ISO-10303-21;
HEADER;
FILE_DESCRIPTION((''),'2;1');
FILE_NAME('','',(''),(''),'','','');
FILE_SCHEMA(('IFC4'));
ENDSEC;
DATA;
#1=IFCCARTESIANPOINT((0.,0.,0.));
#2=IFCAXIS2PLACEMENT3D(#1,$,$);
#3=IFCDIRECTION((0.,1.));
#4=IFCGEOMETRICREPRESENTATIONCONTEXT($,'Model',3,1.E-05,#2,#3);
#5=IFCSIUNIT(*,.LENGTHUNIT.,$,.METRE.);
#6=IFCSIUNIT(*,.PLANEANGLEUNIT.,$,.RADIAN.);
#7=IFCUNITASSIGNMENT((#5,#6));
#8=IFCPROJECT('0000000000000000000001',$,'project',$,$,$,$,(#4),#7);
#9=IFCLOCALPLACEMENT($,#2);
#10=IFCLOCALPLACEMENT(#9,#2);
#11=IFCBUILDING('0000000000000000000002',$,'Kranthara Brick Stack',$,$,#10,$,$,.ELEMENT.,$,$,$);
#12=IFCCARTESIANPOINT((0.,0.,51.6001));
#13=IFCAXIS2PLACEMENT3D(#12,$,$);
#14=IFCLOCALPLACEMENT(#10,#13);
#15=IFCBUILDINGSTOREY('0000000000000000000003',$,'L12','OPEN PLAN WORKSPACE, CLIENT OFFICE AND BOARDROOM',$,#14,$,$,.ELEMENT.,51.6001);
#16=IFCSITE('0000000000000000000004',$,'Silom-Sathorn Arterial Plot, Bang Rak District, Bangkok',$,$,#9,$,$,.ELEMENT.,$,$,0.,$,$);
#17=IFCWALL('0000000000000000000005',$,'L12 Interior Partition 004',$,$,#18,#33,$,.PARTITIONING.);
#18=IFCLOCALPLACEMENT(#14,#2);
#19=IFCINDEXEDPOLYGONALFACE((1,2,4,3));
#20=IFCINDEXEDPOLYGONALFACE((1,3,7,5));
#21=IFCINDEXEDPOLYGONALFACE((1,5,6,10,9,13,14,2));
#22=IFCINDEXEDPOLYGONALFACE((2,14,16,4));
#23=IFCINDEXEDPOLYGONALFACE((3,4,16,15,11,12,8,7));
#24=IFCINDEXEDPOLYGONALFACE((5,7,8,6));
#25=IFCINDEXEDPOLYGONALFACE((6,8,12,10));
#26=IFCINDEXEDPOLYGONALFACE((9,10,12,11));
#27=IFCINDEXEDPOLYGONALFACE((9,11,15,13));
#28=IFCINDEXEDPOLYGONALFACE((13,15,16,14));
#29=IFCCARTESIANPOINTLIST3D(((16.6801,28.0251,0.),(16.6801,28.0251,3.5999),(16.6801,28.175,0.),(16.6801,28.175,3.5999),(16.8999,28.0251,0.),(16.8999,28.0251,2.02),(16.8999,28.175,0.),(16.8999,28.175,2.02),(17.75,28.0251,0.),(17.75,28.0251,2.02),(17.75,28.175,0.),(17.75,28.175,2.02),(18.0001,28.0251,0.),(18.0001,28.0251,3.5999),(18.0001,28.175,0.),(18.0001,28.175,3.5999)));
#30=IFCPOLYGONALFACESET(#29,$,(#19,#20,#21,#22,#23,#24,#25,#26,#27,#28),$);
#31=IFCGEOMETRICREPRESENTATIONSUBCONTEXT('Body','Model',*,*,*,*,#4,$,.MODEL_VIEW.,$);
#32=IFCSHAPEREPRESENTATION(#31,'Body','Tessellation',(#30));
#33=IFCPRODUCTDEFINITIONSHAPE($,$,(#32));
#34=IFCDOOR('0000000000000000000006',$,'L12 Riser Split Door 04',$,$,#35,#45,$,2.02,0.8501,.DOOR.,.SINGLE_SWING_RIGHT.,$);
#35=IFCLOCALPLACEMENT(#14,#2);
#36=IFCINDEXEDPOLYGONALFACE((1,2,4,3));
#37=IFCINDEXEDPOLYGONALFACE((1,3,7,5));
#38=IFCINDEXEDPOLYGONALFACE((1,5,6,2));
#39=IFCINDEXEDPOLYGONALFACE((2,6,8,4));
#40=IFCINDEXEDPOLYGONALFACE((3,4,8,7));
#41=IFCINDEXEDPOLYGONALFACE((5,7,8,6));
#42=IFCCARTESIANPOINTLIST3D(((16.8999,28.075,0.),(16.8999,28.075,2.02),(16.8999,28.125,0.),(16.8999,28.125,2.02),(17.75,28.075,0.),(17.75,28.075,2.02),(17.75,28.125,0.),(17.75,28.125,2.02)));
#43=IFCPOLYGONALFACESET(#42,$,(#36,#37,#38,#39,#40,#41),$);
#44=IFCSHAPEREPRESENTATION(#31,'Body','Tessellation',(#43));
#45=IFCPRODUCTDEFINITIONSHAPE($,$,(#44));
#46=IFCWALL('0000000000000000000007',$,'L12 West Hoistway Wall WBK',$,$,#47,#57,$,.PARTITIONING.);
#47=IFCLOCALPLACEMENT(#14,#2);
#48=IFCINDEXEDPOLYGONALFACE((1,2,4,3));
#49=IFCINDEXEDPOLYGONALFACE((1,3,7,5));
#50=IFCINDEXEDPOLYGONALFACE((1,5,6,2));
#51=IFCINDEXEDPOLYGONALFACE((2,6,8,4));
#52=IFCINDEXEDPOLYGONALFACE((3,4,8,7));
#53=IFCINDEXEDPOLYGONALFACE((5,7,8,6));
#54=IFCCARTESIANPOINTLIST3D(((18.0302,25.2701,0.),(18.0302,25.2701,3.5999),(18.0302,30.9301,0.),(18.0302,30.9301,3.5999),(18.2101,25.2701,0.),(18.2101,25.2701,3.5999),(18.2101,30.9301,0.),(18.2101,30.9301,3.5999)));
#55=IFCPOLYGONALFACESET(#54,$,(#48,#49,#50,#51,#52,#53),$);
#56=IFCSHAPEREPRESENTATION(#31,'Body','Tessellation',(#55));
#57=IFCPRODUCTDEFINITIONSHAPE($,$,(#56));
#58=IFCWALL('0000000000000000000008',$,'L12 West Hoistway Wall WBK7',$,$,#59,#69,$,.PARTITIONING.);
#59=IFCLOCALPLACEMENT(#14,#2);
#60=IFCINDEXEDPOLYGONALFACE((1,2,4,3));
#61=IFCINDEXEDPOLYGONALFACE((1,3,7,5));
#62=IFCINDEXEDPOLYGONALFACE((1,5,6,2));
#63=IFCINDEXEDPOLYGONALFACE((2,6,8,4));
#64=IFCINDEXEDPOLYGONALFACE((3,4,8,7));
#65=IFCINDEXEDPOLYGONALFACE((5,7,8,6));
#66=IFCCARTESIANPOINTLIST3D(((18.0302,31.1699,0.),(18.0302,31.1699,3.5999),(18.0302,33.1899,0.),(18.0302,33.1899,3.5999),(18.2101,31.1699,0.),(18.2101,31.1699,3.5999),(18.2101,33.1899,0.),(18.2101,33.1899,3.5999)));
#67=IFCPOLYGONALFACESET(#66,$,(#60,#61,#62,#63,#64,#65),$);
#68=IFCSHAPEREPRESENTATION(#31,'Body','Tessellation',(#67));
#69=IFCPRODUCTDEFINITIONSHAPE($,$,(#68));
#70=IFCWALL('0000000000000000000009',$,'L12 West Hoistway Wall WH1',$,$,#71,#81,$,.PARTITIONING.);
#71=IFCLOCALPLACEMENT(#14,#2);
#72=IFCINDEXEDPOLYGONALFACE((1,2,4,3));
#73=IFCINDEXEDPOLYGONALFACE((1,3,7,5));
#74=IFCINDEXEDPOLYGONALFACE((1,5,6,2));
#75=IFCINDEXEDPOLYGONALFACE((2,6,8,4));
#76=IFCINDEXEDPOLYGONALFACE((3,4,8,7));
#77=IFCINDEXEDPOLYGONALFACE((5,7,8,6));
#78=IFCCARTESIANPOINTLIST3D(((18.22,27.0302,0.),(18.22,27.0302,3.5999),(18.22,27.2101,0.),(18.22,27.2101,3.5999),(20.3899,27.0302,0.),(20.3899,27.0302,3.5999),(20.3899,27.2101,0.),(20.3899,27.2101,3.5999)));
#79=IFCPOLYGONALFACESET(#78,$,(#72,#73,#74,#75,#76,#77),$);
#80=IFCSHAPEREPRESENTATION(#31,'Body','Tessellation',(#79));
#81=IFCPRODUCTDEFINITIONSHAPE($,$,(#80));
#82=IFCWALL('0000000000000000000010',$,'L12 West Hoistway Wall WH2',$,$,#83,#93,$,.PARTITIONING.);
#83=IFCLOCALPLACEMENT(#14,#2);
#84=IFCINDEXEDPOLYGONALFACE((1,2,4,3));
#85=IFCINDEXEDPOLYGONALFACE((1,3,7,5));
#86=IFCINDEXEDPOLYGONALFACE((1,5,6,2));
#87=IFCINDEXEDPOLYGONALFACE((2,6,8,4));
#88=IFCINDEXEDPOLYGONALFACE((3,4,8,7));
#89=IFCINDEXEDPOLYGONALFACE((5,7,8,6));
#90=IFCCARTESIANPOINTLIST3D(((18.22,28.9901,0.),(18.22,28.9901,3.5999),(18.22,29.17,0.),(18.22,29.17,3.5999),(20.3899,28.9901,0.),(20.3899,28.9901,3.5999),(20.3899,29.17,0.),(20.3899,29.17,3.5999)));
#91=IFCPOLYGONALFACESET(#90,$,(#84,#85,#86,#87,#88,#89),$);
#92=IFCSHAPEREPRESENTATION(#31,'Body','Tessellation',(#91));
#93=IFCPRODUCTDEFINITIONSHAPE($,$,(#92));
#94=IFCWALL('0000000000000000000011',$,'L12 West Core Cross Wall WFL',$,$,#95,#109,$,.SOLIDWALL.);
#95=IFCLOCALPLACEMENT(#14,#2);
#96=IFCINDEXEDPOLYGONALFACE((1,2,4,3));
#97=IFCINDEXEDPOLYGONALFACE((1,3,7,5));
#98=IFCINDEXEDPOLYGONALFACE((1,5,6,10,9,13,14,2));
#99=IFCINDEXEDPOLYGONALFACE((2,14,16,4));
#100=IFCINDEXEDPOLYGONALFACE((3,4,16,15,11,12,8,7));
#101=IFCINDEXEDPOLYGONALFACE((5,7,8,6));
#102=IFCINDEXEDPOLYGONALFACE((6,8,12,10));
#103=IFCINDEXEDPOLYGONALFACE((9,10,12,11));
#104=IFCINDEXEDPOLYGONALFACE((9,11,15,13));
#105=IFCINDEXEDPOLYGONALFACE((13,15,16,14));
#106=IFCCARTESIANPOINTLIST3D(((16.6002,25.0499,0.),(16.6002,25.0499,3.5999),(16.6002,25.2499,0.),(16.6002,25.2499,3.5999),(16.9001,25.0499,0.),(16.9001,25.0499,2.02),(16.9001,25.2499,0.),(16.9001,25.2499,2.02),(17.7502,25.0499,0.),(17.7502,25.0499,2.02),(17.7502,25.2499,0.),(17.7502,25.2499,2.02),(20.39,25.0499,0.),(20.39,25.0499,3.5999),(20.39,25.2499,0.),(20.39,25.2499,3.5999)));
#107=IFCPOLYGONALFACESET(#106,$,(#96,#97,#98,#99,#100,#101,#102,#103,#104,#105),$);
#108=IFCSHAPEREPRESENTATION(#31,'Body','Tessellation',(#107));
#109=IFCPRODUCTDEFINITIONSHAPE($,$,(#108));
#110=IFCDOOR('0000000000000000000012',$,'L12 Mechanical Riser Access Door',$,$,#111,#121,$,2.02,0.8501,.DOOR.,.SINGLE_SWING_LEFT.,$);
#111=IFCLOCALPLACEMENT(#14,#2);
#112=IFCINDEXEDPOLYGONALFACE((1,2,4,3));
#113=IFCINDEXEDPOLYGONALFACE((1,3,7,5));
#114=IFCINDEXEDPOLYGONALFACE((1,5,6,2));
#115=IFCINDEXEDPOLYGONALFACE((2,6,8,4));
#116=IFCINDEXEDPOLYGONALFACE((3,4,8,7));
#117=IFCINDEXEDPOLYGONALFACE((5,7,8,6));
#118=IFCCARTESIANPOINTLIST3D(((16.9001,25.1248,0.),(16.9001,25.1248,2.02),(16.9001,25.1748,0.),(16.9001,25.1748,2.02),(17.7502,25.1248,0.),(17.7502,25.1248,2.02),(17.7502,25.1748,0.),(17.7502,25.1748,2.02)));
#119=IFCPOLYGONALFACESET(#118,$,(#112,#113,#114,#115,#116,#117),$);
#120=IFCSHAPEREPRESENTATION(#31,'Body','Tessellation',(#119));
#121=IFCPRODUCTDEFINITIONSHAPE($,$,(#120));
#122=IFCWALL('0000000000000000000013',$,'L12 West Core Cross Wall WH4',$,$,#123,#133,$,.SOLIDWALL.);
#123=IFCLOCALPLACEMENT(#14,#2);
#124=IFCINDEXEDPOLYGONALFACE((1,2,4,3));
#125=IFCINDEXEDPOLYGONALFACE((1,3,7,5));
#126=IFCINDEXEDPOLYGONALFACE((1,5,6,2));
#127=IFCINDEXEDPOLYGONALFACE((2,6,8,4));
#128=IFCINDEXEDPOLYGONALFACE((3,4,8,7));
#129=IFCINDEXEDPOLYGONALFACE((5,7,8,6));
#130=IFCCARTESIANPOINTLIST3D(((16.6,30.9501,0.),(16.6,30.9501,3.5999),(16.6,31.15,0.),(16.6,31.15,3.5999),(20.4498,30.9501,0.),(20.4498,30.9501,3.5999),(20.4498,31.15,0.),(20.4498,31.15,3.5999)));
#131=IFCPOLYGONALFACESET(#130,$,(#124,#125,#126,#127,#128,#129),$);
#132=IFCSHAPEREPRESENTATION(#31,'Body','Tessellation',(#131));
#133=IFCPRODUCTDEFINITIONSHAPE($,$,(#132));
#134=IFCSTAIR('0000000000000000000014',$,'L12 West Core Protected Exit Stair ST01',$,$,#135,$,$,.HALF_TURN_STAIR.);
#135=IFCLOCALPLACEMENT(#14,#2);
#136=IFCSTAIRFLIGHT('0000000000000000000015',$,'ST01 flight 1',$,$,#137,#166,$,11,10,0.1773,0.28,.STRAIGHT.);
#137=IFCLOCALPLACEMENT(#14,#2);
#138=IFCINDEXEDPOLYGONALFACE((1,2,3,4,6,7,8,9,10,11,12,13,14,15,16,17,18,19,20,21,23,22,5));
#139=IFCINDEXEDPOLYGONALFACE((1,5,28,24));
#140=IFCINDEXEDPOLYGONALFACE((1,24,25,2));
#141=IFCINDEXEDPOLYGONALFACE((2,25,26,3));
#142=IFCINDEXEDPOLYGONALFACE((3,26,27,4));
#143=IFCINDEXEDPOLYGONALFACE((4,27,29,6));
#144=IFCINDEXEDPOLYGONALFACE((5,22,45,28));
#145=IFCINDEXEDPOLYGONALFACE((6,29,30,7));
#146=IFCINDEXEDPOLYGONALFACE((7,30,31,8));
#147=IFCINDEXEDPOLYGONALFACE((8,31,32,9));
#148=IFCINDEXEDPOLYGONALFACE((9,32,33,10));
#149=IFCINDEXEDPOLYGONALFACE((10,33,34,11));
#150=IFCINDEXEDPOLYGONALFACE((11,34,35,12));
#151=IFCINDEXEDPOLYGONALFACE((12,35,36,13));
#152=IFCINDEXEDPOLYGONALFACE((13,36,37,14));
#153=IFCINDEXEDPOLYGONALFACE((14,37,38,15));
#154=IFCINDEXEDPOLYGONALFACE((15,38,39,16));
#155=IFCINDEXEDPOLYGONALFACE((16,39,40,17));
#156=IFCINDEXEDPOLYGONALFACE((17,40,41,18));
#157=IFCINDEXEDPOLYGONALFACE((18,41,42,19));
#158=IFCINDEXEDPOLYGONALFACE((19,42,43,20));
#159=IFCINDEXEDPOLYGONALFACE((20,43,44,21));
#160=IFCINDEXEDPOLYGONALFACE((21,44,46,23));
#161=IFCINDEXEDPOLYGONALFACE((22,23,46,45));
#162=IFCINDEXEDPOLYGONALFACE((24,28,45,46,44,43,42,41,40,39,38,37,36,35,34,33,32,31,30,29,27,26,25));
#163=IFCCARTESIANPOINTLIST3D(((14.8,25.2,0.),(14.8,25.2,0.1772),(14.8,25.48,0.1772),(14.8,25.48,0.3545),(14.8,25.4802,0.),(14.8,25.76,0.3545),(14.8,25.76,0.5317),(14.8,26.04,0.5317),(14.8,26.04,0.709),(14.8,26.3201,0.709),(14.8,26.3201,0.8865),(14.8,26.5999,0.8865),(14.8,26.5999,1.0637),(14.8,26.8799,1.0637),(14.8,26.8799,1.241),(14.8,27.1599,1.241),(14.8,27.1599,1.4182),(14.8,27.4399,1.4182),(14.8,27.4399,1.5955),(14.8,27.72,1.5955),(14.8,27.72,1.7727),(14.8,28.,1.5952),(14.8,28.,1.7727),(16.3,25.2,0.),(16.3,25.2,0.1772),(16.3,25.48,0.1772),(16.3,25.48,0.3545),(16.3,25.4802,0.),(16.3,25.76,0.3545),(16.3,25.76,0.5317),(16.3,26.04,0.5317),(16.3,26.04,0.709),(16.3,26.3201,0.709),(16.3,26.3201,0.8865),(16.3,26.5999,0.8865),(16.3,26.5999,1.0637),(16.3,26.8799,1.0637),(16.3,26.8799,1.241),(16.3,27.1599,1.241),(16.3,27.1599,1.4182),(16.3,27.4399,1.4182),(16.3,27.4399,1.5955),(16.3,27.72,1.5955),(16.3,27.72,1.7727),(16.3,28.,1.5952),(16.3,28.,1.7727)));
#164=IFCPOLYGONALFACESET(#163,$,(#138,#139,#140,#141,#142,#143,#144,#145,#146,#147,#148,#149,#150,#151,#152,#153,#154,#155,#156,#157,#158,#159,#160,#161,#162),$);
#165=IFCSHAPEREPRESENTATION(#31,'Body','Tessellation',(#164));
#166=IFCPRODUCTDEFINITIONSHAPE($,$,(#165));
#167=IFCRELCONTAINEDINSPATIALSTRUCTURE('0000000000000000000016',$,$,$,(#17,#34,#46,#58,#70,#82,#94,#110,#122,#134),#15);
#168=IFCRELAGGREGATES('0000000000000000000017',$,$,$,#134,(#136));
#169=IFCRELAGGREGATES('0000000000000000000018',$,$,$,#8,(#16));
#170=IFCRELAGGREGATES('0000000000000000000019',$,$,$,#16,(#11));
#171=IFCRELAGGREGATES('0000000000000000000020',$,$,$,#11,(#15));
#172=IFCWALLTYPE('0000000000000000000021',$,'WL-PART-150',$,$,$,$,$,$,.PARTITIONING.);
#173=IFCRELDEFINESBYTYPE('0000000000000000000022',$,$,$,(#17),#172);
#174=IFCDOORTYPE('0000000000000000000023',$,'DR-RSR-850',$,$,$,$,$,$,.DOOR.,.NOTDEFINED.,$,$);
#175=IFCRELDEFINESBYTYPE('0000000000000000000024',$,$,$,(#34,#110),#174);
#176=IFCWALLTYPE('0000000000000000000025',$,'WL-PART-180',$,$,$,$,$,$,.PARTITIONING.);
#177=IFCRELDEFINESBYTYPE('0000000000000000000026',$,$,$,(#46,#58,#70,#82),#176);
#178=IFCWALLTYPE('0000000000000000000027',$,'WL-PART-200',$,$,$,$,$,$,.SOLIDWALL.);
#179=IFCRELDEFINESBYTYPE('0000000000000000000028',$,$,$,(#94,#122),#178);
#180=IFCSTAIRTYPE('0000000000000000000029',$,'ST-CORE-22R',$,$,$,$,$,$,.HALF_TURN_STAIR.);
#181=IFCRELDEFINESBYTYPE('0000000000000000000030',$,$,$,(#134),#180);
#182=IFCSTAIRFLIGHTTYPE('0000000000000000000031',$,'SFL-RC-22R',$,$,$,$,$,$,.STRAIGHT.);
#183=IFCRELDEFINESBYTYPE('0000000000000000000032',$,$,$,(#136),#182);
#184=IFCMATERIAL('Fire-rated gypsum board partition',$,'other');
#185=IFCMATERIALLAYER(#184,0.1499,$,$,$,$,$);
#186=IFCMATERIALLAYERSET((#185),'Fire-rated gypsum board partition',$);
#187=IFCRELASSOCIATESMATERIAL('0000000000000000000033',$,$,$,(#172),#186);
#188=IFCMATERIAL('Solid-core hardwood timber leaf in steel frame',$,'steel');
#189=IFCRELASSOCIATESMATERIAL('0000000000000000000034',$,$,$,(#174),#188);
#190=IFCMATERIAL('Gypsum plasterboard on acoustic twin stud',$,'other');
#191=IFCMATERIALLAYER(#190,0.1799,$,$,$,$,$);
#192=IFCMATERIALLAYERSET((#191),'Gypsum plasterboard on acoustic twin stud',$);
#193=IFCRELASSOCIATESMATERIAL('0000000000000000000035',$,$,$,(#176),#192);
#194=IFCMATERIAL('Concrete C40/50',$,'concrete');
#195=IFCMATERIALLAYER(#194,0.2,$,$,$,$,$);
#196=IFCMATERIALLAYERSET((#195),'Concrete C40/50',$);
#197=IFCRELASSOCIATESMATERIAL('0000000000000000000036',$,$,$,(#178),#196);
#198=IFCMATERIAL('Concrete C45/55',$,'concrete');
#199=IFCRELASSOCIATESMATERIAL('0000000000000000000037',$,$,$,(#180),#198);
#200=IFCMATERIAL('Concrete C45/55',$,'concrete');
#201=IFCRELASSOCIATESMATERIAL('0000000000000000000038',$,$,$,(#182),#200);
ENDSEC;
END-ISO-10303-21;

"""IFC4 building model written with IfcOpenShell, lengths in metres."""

from ifc_helpers import new_model, si_unit, direction, frame, frame_2d, origin, place, context, subcontext, project, spatial, polyline, rectangle, outline, extrude, material, layer, layer_set, type_object, element, fill, aggregate, save


model = new_model("IFC4")

# Units and contexts
model_context = context("Model", 3, precision=1e-05, world=origin(), true_north=direction((0.0, 1.0)))
body_context = subcontext(model_context, "Body", "Model", "MODEL_VIEW")
ifc_project = project(units=[si_unit("LENGTHUNIT", "METRE"), si_unit("PLANEANGLEUNIT", "RADIAN")], contexts=[model_context])

# Site, building, storey
site_placement = place(None, origin())
site = spatial("IfcSite", under=ifc_project, at=site_placement, Name="Silom-Sathorn Arterial Plot, Bang Rak District, Bangkok", CompositionType="ELEMENT", RefElevation=0.0)
building_placement = place(site_placement, origin())
building = spatial("IfcBuilding", under=site, at=building_placement, Name="Kranthara Brick Stack", CompositionType="ELEMENT")
storey_placement = place(building_placement, frame((0.0, 0.0, 51.6001)))
storey = spatial("IfcBuildingStorey", under=building, at=storey_placement, Name="L12", Description="OPEN PLAN WORKSPACE, CLIENT OFFICE AND BOARDROOM", CompositionType="ELEMENT", Elevation=51.6001)

# Wall, opening, door
ifc_material_1 = material(Name="Fire-rated gypsum board partition", Category="other")
ifc_layer_1 = layer(ifc_material_1, 0.1499)
ifc_layer_set_1 = layer_set([ifc_layer_1], Name="Fire-rated gypsum board partition")
wall_type_1 = type_object("IfcWallType", Name="WL-PART-150", PredefinedType="PARTITIONING", material=ifc_layer_set_1)
ifc_material_2 = material(Name="Solid-core hardwood timber leaf in steel frame", Category="steel")
door_type = type_object("IfcDoorType", Name="DR-RSR-850", OperationType="NOTDEFINED", PredefinedType="DOOR", material=ifc_material_2)
wall_1_placement = place(storey_placement, frame((16.6799, 28.1001, 0.0), z_axis=(0.0, 0.0, 1.0), x_axis=(1.0, 0.0, 0.0)))
wall_1 = element("IfcWall", 1, at=wall_1_placement, inside=storey, type_object=wall_type_1, Name="L12 Interior Partition 004", PredefinedType="PARTITIONING", context=body_context, shape_type="SweptSolid", body=[
    extrude(rectangle(XDim=1.3201, YDim=0.1499, at=frame_2d((0.6602, 0.0))), origin(), (0.0, 0.0, 1.0), 3.5999),
])
opening_1_placement = place(wall_1_placement, frame((0.22, 0.0, 0.0)))
opening_1 = element("IfcOpeningElement", 2, at=opening_1_placement, cuts=wall_1, PredefinedType="OPENING", context=body_context, shape_type="SweptSolid", body=[
    extrude(rectangle(XDim=0.8501, YDim=2.02, at=frame_2d((0.425, 1.01))), frame((0.0, 0.085, 0.0), z_axis=(0.0, -1.0, 0.0), x_axis=(1.0, 0.0, 0.0)), (0.0, 0.0, 1.0), 0.1699),
])
door_1_placement = place(opening_1_placement, origin())
door_1 = element("IfcDoor", 3, at=door_1_placement, inside=storey, type_object=door_type, Name="L12 Riser Split Door 04", OperationType="SINGLE_SWING_RIGHT", OverallHeight=2.02, OverallWidth=0.8501, PredefinedType="DOOR", context=body_context, shape_type="SweptSolid", body=[
    extrude(rectangle(XDim=0.8501, YDim=2.02, at=frame_2d((0.425, 1.01))), frame((0.0, 0.0249, 0.0), z_axis=(0.0, -1.0, 0.0), x_axis=(1.0, 0.0, 0.0)), (0.0, 0.0, 1.0), 0.05),
])
fill(opening_1, door_1)

# Walls
ifc_material_3 = material(Name="Gypsum plasterboard on acoustic twin stud", Category="other")
ifc_layer_2 = layer(ifc_material_3, 0.1799)
ifc_layer_set_2 = layer_set([ifc_layer_2], Name="Gypsum plasterboard on acoustic twin stud")
wall_type_2 = type_object("IfcWallType", Name="WL-PART-180", PredefinedType="PARTITIONING", material=ifc_layer_set_2)
wall_2_placement = place(storey_placement, frame((18.1201, 25.27, 0.0), z_axis=(0.0, 0.0, 1.0), x_axis=(0.0, 1.0, 0.0)))
element("IfcWall", 4, at=wall_2_placement, inside=storey, type_object=wall_type_2, Name="L12 West Hoistway Wall WBK", PredefinedType="PARTITIONING", context=body_context, shape_type="SweptSolid", body=[
    extrude(rectangle(XDim=5.6599, YDim=0.1799, at=frame_2d((2.8301, 0.0))), origin(), (0.0, 0.0, 1.0), 3.5999),
])
wall_3_placement = place(storey_placement, frame((18.1201, 31.1699, 0.0), z_axis=(0.0, 0.0, 1.0), x_axis=(0.0, 1.0, 0.0)))
element("IfcWall", 5, at=wall_3_placement, inside=storey, type_object=wall_type_2, Name="L12 West Hoistway Wall WBK7", PredefinedType="PARTITIONING", context=body_context, shape_type="SweptSolid", body=[
    extrude(rectangle(XDim=2.02, YDim=0.1799, at=frame_2d((1.01, 0.0))), origin(), (0.0, 0.0, 1.0), 3.5999),
])
for number, where, z_axis, x_axis, name in (
    (6, (18.22, 27.1201, 0.0), (0.0, 0.0, 1.0), (1.0, 0.0, 0.0), "L12 West Hoistway Wall WH1"),
    (7, (18.22, 29.0801, 0.0), (0.0, 0.0, 1.0), (1.0, 0.0, 0.0), "L12 West Hoistway Wall WH2"),
):
    element("IfcWall", number, at=place(storey_placement, frame(where, z_axis=z_axis, x_axis=x_axis)), inside=storey, type_object=wall_type_2, Name=name, PredefinedType="PARTITIONING", context=body_context, shape_type="SweptSolid", body=[
        extrude(rectangle(XDim=2.1699, YDim=0.1799, at=frame_2d((1.085, 0.0))), origin(), (0.0, 0.0, 1.0), 3.5999),
    ])

# Wall, opening, door
ifc_material_4 = material(Name="Concrete C40/50", Category="concrete")
ifc_layer_3 = layer(ifc_material_4, 0.2)
ifc_layer_set_3 = layer_set([ifc_layer_3], Name="Concrete C40/50")
wall_type_3 = type_object("IfcWallType", Name="WL-PART-200", PredefinedType="SOLIDWALL", material=ifc_layer_set_3)
wall_4_placement = place(storey_placement, frame((16.6001, 25.1499, 0.0), z_axis=(0.0, 0.0, 1.0), x_axis=(1.0, 0.0, 0.0)))
wall_4 = element("IfcWall", 8, at=wall_4_placement, inside=storey, type_object=wall_type_3, Name="L12 West Core Cross Wall WFL", PredefinedType="SOLIDWALL", context=body_context, shape_type="SweptSolid", body=[
    extrude(rectangle(XDim=3.7898, YDim=0.2, at=frame_2d((1.895, 0.0))), origin(), (0.0, 0.0, 1.0), 3.5999),
])
opening_2_placement = place(wall_4_placement, frame((0.3, 0.0, 0.0)))
opening_2 = element("IfcOpeningElement", 9, at=opening_2_placement, cuts=wall_4, PredefinedType="OPENING", context=body_context, shape_type="SweptSolid", body=[
    extrude(rectangle(XDim=0.8501, YDim=2.02, at=frame_2d((0.425, 1.01))), frame((0.0, 0.1099, 0.0), z_axis=(0.0, -1.0, 0.0), x_axis=(1.0, 0.0, 0.0)), (0.0, 0.0, 1.0), 0.22),
])
door_2_placement = place(opening_2_placement, origin())
door_2 = element("IfcDoor", 10, at=door_2_placement, inside=storey, type_object=door_type, Name="L12 Mechanical Riser Access Door", OperationType="SINGLE_SWING_LEFT", OverallHeight=2.02, OverallWidth=0.8501, PredefinedType="DOOR", context=body_context, shape_type="SweptSolid", body=[
    extrude(rectangle(XDim=0.8501, YDim=2.02, at=frame_2d((0.425, 1.01))), frame((0.0, 0.0249, 0.0), z_axis=(0.0, -1.0, 0.0), x_axis=(1.0, 0.0, 0.0)), (0.0, 0.0, 1.0), 0.05),
])
fill(opening_2, door_2)

# Wall
wall_5_placement = place(storey_placement, frame((16.6001, 31.05, 0.0), z_axis=(0.0, 0.0, 1.0), x_axis=(1.0, 0.0, 0.0)))
element("IfcWall", 11, at=wall_5_placement, inside=storey, type_object=wall_type_3, Name="L12 West Core Cross Wall WH4", PredefinedType="SOLIDWALL", context=body_context, shape_type="SweptSolid", body=[
    extrude(rectangle(XDim=3.8499, YDim=0.2, at=frame_2d((1.9248, 0.0))), origin(), (0.0, 0.0, 1.0), 3.5999),
])

# Stair, stair flight
ifc_material_5 = material(Name="Concrete C45/55", Category="concrete")
stair_type = type_object("IfcStairType", Name="ST-CORE-22R", PredefinedType="HALF_TURN_STAIR", material=ifc_material_5)
stair_placement = place(storey_placement, origin())
stair = element("IfcStair", 12, at=stair_placement, inside=storey, type_object=stair_type, Name="L12 West Core Protected Exit Stair ST01", PredefinedType="HALF_TURN_STAIR")
ifc_material_6 = material(Name="Concrete C45/55", Category="concrete")
stair_flight_type = type_object("IfcStairFlightType", Name="SFL-RC-22R", PredefinedType="STRAIGHT", material=ifc_material_6)
stair_flight_1_placement = place(storey_placement, frame((15.55, 25.2, 0.0), z_axis=(0.0, 0.0, 1.0), x_axis=(0.0, 1.0, 0.0)))
stair_flight_1 = element("IfcStairFlight", 13, at=stair_flight_1_placement, type_object=stair_flight_type, Name="ST01 flight 1", NumberOfRisers=11, NumberOfTreads=10, PredefinedType="STRAIGHT", RiserHeight=0.1773, TreadLength=0.28, context=body_context, shape_type="SweptSolid", body=[
    extrude(outline(polyline([(0.0, 0.0), (0.0, 0.1772), (0.28, 0.1772), (0.28, 0.3545), (0.5601, 0.3545), (0.5601, 0.5317), (0.8401, 0.5317), (0.8401, 0.709), (1.1201, 0.709), (1.1201, 0.8865), (1.3999, 0.8865), (1.3999, 1.0637), (1.6799, 1.0637), (1.6799, 1.241), (1.96, 1.241), (1.96, 1.4182), (2.24, 1.4182), (2.24, 1.5955), (2.52, 1.5955), (2.52, 1.7727), (2.8, 1.7727), (2.8, 1.95), (2.8, 1.5952), (0.2803, 0.0), (0.0, 0.0)])), frame((0.0, 0.75, 0.0), z_axis=(0.0, -1.0, 0.0), x_axis=(1.0, 0.0, 0.0)), (0.0, 0.0, 1.0), 1.5),
])
aggregate(stair, [stair_flight_1])

save(model, "model.ifc")
